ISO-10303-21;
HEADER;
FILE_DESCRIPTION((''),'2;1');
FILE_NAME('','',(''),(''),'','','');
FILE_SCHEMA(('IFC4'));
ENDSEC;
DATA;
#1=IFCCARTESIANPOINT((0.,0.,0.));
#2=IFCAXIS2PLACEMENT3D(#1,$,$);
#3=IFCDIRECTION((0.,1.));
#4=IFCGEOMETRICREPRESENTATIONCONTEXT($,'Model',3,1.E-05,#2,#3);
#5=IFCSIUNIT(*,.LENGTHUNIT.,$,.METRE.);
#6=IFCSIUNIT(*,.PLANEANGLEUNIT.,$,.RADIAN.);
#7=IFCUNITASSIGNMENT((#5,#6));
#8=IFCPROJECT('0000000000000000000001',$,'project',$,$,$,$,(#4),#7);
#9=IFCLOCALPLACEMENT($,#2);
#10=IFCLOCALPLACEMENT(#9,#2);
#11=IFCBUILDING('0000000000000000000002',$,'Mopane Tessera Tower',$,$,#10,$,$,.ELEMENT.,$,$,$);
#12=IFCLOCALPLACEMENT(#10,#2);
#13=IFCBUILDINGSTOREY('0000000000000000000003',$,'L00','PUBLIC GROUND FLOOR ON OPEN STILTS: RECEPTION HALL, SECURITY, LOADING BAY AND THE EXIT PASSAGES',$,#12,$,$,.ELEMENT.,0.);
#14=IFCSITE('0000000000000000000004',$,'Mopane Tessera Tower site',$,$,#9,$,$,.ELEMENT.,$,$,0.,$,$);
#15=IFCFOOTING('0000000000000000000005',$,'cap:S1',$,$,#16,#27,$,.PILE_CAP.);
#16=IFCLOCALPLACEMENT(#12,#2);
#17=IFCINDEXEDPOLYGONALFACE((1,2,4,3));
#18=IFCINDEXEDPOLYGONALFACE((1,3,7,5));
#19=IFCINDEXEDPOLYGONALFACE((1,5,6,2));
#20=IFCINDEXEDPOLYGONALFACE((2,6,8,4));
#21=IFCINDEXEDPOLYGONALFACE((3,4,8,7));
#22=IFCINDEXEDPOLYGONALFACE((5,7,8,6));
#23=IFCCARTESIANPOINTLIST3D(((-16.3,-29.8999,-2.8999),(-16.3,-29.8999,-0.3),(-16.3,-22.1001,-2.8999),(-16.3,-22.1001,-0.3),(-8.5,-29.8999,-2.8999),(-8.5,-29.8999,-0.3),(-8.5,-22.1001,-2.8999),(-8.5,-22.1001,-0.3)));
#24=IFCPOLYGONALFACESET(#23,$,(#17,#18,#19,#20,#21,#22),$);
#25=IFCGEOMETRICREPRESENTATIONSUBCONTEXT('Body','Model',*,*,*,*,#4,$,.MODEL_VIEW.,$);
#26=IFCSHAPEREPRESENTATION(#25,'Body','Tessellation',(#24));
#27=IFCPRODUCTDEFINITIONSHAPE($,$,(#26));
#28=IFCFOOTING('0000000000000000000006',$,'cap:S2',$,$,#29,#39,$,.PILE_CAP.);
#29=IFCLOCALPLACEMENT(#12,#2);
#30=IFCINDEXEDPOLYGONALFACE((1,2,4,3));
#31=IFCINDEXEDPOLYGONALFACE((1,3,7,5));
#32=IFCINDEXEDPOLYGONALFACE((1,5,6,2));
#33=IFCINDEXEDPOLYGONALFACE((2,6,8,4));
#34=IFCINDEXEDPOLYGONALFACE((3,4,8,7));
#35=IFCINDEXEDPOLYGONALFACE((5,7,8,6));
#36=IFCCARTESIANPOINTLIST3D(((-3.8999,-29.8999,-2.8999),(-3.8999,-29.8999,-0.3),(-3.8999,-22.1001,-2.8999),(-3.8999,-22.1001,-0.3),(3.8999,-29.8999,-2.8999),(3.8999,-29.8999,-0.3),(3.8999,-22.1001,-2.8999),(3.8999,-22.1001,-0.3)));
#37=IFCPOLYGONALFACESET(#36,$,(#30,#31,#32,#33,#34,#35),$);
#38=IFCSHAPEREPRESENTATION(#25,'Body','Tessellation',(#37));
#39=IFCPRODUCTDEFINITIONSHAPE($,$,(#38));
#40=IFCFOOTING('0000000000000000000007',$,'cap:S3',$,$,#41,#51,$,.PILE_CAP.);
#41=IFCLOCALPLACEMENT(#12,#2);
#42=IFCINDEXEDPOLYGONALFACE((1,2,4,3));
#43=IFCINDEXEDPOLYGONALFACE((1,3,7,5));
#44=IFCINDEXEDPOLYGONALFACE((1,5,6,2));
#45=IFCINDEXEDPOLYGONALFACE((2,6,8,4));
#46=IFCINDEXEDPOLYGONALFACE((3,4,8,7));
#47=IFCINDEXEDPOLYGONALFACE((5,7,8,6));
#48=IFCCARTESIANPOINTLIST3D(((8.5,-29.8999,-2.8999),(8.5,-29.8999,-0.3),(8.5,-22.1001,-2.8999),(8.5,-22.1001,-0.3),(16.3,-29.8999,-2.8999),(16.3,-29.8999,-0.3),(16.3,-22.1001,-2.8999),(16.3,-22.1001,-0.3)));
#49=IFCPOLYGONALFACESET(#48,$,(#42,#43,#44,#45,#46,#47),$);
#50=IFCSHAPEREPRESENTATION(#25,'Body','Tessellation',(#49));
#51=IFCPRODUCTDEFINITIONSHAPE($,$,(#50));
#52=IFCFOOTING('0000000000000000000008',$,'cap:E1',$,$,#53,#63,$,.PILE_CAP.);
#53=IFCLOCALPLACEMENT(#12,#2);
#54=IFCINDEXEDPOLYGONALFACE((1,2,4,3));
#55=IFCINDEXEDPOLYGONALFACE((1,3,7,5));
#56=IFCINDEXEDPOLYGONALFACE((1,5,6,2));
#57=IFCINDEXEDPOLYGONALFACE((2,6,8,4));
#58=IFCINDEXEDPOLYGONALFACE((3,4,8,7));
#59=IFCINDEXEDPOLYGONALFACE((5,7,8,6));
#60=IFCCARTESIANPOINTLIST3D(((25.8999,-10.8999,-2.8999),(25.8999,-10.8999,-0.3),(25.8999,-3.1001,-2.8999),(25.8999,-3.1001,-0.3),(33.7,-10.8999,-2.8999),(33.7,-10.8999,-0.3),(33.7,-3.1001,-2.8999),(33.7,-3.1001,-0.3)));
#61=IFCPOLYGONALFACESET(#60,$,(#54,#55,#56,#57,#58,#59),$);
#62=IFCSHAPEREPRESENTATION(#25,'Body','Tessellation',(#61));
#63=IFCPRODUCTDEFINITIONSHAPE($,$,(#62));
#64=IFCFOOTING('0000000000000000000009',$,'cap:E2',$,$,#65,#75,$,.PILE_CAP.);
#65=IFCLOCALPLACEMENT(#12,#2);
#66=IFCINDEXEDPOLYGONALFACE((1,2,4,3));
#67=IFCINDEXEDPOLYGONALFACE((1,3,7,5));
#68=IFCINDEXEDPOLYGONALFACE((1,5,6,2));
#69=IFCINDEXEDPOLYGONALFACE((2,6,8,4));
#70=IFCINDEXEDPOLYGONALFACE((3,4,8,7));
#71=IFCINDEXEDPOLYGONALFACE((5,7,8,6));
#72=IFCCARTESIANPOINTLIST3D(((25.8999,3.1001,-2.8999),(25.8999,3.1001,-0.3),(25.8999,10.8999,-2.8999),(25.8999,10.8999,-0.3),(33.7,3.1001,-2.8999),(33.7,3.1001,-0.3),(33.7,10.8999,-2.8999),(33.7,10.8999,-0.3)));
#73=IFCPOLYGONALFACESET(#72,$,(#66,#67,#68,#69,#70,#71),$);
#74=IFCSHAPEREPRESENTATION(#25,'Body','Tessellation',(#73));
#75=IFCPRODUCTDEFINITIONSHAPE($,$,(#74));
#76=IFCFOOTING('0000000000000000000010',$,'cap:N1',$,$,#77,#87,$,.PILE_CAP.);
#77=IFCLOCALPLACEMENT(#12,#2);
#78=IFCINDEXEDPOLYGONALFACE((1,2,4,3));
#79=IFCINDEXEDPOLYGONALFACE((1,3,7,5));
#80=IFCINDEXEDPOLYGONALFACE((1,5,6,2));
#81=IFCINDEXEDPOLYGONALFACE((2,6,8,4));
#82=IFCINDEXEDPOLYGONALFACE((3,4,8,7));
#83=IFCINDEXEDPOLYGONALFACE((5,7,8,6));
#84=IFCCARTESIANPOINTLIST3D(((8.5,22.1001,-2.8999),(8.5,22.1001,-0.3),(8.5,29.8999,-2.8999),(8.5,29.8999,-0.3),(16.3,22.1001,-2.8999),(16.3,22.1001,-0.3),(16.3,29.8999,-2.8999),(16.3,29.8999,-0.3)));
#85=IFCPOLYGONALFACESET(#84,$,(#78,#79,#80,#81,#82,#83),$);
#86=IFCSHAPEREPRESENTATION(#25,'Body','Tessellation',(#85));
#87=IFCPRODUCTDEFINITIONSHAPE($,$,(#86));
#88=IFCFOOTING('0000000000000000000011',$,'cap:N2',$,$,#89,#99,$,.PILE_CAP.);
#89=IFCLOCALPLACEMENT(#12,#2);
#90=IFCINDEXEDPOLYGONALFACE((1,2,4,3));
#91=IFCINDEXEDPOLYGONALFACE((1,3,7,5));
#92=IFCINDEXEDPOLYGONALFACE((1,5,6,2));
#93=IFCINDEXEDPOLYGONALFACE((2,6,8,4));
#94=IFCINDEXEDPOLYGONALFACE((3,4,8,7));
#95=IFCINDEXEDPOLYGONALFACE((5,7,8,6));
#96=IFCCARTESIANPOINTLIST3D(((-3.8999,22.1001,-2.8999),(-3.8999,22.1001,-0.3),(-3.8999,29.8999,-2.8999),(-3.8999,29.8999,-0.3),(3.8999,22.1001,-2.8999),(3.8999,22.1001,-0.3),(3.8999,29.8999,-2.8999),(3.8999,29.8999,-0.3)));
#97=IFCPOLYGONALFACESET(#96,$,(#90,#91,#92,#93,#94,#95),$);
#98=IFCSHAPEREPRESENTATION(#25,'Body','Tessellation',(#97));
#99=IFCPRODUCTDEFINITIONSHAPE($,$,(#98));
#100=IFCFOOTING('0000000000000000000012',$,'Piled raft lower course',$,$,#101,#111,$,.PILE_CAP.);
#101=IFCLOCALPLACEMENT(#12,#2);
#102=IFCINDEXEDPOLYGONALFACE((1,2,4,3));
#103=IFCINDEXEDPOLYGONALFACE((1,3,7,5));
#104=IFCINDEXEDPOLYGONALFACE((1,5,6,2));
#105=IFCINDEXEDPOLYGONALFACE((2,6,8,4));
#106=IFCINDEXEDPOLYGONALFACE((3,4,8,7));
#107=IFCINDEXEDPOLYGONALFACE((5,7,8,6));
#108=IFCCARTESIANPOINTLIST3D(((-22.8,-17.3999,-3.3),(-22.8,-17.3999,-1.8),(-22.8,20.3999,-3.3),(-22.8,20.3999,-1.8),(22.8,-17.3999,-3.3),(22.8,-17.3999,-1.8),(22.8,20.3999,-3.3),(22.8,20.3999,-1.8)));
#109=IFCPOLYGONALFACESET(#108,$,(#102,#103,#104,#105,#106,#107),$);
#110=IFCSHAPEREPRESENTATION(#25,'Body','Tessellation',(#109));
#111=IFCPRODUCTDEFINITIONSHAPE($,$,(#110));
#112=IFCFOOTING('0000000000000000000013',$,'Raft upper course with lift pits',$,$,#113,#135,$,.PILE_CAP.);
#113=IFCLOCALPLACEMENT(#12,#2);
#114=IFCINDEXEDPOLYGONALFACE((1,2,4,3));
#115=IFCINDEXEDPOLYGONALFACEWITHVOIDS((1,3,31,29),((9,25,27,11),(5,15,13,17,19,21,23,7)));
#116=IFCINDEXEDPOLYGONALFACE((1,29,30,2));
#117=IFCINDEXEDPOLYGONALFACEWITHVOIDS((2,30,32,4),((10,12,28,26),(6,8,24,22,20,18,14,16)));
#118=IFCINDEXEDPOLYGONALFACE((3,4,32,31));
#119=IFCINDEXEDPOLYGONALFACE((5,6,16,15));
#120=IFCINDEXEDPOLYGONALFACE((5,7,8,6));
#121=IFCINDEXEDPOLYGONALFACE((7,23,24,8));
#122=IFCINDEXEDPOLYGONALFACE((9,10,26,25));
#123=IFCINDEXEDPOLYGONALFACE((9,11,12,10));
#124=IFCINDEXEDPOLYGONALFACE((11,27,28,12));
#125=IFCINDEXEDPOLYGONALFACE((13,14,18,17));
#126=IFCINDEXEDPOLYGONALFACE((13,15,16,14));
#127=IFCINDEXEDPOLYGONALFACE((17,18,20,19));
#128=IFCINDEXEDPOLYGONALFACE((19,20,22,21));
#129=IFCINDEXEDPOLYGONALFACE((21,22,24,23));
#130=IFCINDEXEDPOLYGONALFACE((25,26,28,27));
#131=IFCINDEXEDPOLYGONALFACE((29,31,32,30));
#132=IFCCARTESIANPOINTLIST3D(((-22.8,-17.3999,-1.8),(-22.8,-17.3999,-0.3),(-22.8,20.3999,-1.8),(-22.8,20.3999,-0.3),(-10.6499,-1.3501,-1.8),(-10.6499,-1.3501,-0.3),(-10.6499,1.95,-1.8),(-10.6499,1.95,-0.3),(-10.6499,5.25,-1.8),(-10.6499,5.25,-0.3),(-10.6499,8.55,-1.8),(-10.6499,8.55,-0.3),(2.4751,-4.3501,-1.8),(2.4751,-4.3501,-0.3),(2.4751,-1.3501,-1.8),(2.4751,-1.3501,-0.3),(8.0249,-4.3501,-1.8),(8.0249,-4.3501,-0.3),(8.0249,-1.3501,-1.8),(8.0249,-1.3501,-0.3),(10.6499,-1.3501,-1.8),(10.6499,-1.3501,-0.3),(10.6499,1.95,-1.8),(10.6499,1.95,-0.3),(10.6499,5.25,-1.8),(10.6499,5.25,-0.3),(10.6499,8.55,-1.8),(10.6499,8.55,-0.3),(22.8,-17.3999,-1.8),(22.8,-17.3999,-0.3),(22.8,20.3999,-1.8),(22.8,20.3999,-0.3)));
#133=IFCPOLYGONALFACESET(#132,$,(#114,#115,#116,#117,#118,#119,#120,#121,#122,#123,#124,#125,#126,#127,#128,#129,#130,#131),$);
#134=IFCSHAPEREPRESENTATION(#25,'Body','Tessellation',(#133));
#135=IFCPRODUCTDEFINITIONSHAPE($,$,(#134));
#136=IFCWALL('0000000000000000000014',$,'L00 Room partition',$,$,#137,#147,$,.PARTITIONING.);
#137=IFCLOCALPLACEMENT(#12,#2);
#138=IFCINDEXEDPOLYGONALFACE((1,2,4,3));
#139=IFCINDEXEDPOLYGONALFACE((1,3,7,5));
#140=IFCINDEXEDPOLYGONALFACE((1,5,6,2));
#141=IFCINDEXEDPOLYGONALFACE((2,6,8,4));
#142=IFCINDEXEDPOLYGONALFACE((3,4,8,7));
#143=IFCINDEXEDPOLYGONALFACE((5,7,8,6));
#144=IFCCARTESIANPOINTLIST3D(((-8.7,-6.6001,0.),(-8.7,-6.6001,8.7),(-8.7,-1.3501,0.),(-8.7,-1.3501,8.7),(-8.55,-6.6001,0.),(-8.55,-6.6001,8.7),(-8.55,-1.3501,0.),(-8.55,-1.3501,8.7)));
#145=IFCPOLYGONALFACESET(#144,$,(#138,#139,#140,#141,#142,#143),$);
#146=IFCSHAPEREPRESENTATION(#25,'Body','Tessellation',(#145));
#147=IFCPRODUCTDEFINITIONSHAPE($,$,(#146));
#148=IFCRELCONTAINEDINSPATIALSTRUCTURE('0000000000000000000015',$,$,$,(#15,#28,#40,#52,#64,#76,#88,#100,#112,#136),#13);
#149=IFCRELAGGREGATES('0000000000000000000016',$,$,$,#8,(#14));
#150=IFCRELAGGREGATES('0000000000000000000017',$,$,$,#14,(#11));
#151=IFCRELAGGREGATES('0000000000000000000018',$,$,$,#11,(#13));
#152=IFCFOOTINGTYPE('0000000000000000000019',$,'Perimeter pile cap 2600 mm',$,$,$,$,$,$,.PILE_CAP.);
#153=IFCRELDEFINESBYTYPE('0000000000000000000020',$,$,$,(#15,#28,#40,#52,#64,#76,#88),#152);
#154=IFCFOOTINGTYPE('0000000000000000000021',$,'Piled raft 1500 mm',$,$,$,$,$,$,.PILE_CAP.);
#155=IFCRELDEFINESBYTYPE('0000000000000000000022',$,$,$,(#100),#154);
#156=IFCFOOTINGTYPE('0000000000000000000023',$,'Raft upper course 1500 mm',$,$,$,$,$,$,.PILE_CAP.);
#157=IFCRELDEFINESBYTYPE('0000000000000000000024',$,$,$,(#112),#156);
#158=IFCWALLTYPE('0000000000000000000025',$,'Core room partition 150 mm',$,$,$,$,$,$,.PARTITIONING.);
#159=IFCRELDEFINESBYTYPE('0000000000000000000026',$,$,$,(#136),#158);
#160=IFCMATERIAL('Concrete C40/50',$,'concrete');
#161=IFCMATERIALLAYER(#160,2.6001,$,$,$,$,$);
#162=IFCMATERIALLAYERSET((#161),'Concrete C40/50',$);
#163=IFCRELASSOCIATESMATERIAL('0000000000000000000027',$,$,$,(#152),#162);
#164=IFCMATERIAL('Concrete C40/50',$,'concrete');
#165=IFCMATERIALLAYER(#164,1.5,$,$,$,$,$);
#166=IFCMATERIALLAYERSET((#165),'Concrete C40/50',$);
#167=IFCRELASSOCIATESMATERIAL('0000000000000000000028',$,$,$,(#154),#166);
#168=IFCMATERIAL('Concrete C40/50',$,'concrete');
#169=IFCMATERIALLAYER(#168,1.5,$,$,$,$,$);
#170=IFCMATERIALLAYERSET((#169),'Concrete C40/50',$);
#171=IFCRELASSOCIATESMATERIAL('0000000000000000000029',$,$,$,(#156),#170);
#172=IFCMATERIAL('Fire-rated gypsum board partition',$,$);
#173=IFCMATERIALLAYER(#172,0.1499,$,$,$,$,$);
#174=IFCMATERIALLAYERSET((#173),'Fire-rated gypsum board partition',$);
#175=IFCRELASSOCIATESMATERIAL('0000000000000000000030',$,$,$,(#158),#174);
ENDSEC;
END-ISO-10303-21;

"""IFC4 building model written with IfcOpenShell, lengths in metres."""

from ifc_helpers import new_model, si_unit, direction, frame, frame_2d, origin, place, context, subcontext, project, spatial, polyline, rectangle, outline, extrude, material, layer, layer_set, type_object, element, save


model = new_model("IFC4")

# Units and contexts
model_context = context("Model", 3, precision=1e-05, world=origin(), true_north=direction((0.0, 1.0)))
body_context = subcontext(model_context, "Body", "Model", "MODEL_VIEW")
ifc_project = project(units=[si_unit("LENGTHUNIT", "METRE"), si_unit("PLANEANGLEUNIT", "RADIAN")], contexts=[model_context])

# Site, building, storey
site_placement = place(None, origin())
site = spatial("IfcSite", under=ifc_project, at=site_placement, Name="Mopane Tessera Tower site", CompositionType="ELEMENT", RefElevation=0.0)
building_placement = place(site_placement, origin())
building = spatial("IfcBuilding", under=site, at=building_placement, Name="Mopane Tessera Tower", CompositionType="ELEMENT")
storey_placement = place(building_placement, origin())
storey = spatial("IfcBuildingStorey", under=building, at=storey_placement, Name="L00", Description="PUBLIC GROUND FLOOR ON OPEN STILTS: RECEPTION HALL, SECURITY, LOADING BAY AND THE EXIT PASSAGES", CompositionType="ELEMENT", Elevation=0.0)

# Footings
ifc_material_1 = material(Name="Concrete C40/50", Category="concrete")
ifc_layer_1 = layer(ifc_material_1, 2.6001)
ifc_layer_set_1 = layer_set([ifc_layer_1], Name="Concrete C40/50")
footing_type_1 = type_object("IfcFootingType", Name="Perimeter pile cap 2600 mm", PredefinedType="PILE_CAP", material=ifc_layer_set_1)
footing_1_placement = place(storey_placement, frame((0.0, 0.0, -2.8999)))
element("IfcFooting", 1, at=footing_1_placement, inside=storey, type_object=footing_type_1, Name="cap:S1", PredefinedType="PILE_CAP", context=body_context, shape_type="SweptSolid", body=[
    extrude(outline(polyline([(-8.5, -22.1001), (-16.3, -22.1001), (-16.3, -29.8999), (-8.5, -29.8999), (-8.5, -22.1001)])), origin(), (0.0, 0.0, 1.0), 2.5999),
])
footing_2_placement = place(storey_placement, frame((0.0, 0.0, -2.8999)))
element("IfcFooting", 2, at=footing_2_placement, inside=storey, type_object=footing_type_1, Name="cap:S2", PredefinedType="PILE_CAP", context=body_context, shape_type="SweptSolid", body=[
    extrude(outline(polyline([(3.8999, -22.1001), (-3.8999, -22.1001), (-3.8999, -29.8999), (3.8999, -29.8999), (3.8999, -22.1001)])), origin(), (0.0, 0.0, 1.0), 2.5999),
])
footing_3_placement = place(storey_placement, frame((0.0, 0.0, -2.8999)))
element("IfcFooting", 3, at=footing_3_placement, inside=storey, type_object=footing_type_1, Name="cap:S3", PredefinedType="PILE_CAP", context=body_context, shape_type="SweptSolid", body=[
    extrude(outline(polyline([(16.3, -22.1001), (8.5, -22.1001), (8.5, -29.8999), (16.3, -29.8999), (16.3, -22.1001)])), origin(), (0.0, 0.0, 1.0), 2.5999),
])
footing_4_placement = place(storey_placement, frame((0.0, 0.0, -2.8999)))
element("IfcFooting", 4, at=footing_4_placement, inside=storey, type_object=footing_type_1, Name="cap:E1", PredefinedType="PILE_CAP", context=body_context, shape_type="SweptSolid", body=[
    extrude(outline(polyline([(33.7, -3.1001), (25.8999, -3.1001), (25.8999, -10.8999), (33.7, -10.8999), (33.7, -3.1001)])), origin(), (0.0, 0.0, 1.0), 2.5999),
])
footing_5_placement = place(storey_placement, frame((0.0, 0.0, -2.8999)))
element("IfcFooting", 5, at=footing_5_placement, inside=storey, type_object=footing_type_1, Name="cap:E2", PredefinedType="PILE_CAP", context=body_context, shape_type="SweptSolid", body=[
    extrude(outline(polyline([(33.7, 10.8999), (25.8999, 10.8999), (25.8999, 3.1001), (33.7, 3.1001), (33.7, 10.8999)])), origin(), (0.0, 0.0, 1.0), 2.5999),
])
footing_6_placement = place(storey_placement, frame((0.0, 0.0, -2.8999)))
element("IfcFooting", 6, at=footing_6_placement, inside=storey, type_object=footing_type_1, Name="cap:N1", PredefinedType="PILE_CAP", context=body_context, shape_type="SweptSolid", body=[
    extrude(outline(polyline([(16.3, 29.8999), (8.5, 29.8999), (8.5, 22.1001), (16.3, 22.1001), (16.3, 29.8999)])), origin(), (0.0, 0.0, 1.0), 2.5999),
])
footing_7_placement = place(storey_placement, frame((0.0, 0.0, -2.8999)))
element("IfcFooting", 7, at=footing_7_placement, inside=storey, type_object=footing_type_1, Name="cap:N2", PredefinedType="PILE_CAP", context=body_context, shape_type="SweptSolid", body=[
    extrude(outline(polyline([(3.8999, 29.8999), (-3.8999, 29.8999), (-3.8999, 22.1001), (3.8999, 22.1001), (3.8999, 29.8999)])), origin(), (0.0, 0.0, 1.0), 2.5999),
])
ifc_material_2 = material(Name="Concrete C40/50", Category="concrete")
ifc_layer_2 = layer(ifc_material_2, 1.5)
ifc_layer_set_2 = layer_set([ifc_layer_2], Name="Concrete C40/50")
footing_type_2 = type_object("IfcFootingType", Name="Piled raft 1500 mm", PredefinedType="PILE_CAP", material=ifc_layer_set_2)
footing_8_placement = place(storey_placement, frame((0.0, 0.0, -3.3)))
element("IfcFooting", 8, at=footing_8_placement, inside=storey, type_object=footing_type_2, Name="Piled raft lower course", PredefinedType="PILE_CAP", context=body_context, shape_type="SweptSolid", body=[
    extrude(outline(polyline([(22.8, 20.3999), (-22.8, 20.3999), (-22.8, -17.3999), (22.8, -17.3999), (22.8, 20.3999)])), origin(), (0.0, 0.0, 1.0), 1.5),
])
ifc_material_3 = material(Name="Concrete C40/50", Category="concrete")
ifc_layer_3 = layer(ifc_material_3, 1.5)
ifc_layer_set_3 = layer_set([ifc_layer_3], Name="Concrete C40/50")
footing_type_3 = type_object("IfcFootingType", Name="Raft upper course 1500 mm", PredefinedType="PILE_CAP", material=ifc_layer_set_3)
footing_9_placement = place(storey_placement, frame((0.0, 0.0, -1.8)))
element("IfcFooting", 9, at=footing_9_placement, inside=storey, type_object=footing_type_3, Name="Raft upper course with lift pits", PredefinedType="PILE_CAP", context=body_context, shape_type="SweptSolid", body=[
    extrude(outline(polyline([(22.8, -17.3999), (22.8, 20.3999), (-22.8, 20.3999), (-22.8, -17.3999), (22.8, -17.3999)]), holes=[polyline([(-10.6499, 8.55), (10.6499, 8.55), (10.6499, 5.25), (-10.6499, 5.25), (-10.6499, 8.55)]), polyline([(8.0249, -4.3501), (2.4751, -4.3501), (2.4751, -1.3501), (-10.6499, -1.3501), (-10.6499, 1.95), (10.6499, 1.95), (10.6499, -1.3501), (8.0249, -1.3501), (8.0249, -4.3501)])]), origin(), (0.0, 0.0, 1.0), 1.5),
])

# Wall
ifc_material_4 = material(Name="Fire-rated gypsum board partition")
ifc_layer_4 = layer(ifc_material_4, 0.1499)
ifc_layer_set_4 = layer_set([ifc_layer_4], Name="Fire-rated gypsum board partition")
wall_type_1 = type_object("IfcWallType", Name="Core room partition 150 mm", PredefinedType="PARTITIONING", material=ifc_layer_set_4)
wall_1_placement = place(storey_placement, frame((-8.625, -6.6001, 0.0), z_axis=(0.0, 0.0, 1.0), x_axis=(0.0, 1.0, 0.0)))
element("IfcWall", 10, at=wall_1_placement, inside=storey, type_object=wall_type_1, Name="L00 Room partition", PredefinedType="PARTITIONING", context=body_context, shape_type="SweptSolid", body=[
    extrude(rectangle(XDim=5.25, YDim=0.1499, at=frame_2d((2.625, 0.0))), origin(), (0.0, 0.0, 1.0), 8.7),
])

save(model, "model.ifc")
